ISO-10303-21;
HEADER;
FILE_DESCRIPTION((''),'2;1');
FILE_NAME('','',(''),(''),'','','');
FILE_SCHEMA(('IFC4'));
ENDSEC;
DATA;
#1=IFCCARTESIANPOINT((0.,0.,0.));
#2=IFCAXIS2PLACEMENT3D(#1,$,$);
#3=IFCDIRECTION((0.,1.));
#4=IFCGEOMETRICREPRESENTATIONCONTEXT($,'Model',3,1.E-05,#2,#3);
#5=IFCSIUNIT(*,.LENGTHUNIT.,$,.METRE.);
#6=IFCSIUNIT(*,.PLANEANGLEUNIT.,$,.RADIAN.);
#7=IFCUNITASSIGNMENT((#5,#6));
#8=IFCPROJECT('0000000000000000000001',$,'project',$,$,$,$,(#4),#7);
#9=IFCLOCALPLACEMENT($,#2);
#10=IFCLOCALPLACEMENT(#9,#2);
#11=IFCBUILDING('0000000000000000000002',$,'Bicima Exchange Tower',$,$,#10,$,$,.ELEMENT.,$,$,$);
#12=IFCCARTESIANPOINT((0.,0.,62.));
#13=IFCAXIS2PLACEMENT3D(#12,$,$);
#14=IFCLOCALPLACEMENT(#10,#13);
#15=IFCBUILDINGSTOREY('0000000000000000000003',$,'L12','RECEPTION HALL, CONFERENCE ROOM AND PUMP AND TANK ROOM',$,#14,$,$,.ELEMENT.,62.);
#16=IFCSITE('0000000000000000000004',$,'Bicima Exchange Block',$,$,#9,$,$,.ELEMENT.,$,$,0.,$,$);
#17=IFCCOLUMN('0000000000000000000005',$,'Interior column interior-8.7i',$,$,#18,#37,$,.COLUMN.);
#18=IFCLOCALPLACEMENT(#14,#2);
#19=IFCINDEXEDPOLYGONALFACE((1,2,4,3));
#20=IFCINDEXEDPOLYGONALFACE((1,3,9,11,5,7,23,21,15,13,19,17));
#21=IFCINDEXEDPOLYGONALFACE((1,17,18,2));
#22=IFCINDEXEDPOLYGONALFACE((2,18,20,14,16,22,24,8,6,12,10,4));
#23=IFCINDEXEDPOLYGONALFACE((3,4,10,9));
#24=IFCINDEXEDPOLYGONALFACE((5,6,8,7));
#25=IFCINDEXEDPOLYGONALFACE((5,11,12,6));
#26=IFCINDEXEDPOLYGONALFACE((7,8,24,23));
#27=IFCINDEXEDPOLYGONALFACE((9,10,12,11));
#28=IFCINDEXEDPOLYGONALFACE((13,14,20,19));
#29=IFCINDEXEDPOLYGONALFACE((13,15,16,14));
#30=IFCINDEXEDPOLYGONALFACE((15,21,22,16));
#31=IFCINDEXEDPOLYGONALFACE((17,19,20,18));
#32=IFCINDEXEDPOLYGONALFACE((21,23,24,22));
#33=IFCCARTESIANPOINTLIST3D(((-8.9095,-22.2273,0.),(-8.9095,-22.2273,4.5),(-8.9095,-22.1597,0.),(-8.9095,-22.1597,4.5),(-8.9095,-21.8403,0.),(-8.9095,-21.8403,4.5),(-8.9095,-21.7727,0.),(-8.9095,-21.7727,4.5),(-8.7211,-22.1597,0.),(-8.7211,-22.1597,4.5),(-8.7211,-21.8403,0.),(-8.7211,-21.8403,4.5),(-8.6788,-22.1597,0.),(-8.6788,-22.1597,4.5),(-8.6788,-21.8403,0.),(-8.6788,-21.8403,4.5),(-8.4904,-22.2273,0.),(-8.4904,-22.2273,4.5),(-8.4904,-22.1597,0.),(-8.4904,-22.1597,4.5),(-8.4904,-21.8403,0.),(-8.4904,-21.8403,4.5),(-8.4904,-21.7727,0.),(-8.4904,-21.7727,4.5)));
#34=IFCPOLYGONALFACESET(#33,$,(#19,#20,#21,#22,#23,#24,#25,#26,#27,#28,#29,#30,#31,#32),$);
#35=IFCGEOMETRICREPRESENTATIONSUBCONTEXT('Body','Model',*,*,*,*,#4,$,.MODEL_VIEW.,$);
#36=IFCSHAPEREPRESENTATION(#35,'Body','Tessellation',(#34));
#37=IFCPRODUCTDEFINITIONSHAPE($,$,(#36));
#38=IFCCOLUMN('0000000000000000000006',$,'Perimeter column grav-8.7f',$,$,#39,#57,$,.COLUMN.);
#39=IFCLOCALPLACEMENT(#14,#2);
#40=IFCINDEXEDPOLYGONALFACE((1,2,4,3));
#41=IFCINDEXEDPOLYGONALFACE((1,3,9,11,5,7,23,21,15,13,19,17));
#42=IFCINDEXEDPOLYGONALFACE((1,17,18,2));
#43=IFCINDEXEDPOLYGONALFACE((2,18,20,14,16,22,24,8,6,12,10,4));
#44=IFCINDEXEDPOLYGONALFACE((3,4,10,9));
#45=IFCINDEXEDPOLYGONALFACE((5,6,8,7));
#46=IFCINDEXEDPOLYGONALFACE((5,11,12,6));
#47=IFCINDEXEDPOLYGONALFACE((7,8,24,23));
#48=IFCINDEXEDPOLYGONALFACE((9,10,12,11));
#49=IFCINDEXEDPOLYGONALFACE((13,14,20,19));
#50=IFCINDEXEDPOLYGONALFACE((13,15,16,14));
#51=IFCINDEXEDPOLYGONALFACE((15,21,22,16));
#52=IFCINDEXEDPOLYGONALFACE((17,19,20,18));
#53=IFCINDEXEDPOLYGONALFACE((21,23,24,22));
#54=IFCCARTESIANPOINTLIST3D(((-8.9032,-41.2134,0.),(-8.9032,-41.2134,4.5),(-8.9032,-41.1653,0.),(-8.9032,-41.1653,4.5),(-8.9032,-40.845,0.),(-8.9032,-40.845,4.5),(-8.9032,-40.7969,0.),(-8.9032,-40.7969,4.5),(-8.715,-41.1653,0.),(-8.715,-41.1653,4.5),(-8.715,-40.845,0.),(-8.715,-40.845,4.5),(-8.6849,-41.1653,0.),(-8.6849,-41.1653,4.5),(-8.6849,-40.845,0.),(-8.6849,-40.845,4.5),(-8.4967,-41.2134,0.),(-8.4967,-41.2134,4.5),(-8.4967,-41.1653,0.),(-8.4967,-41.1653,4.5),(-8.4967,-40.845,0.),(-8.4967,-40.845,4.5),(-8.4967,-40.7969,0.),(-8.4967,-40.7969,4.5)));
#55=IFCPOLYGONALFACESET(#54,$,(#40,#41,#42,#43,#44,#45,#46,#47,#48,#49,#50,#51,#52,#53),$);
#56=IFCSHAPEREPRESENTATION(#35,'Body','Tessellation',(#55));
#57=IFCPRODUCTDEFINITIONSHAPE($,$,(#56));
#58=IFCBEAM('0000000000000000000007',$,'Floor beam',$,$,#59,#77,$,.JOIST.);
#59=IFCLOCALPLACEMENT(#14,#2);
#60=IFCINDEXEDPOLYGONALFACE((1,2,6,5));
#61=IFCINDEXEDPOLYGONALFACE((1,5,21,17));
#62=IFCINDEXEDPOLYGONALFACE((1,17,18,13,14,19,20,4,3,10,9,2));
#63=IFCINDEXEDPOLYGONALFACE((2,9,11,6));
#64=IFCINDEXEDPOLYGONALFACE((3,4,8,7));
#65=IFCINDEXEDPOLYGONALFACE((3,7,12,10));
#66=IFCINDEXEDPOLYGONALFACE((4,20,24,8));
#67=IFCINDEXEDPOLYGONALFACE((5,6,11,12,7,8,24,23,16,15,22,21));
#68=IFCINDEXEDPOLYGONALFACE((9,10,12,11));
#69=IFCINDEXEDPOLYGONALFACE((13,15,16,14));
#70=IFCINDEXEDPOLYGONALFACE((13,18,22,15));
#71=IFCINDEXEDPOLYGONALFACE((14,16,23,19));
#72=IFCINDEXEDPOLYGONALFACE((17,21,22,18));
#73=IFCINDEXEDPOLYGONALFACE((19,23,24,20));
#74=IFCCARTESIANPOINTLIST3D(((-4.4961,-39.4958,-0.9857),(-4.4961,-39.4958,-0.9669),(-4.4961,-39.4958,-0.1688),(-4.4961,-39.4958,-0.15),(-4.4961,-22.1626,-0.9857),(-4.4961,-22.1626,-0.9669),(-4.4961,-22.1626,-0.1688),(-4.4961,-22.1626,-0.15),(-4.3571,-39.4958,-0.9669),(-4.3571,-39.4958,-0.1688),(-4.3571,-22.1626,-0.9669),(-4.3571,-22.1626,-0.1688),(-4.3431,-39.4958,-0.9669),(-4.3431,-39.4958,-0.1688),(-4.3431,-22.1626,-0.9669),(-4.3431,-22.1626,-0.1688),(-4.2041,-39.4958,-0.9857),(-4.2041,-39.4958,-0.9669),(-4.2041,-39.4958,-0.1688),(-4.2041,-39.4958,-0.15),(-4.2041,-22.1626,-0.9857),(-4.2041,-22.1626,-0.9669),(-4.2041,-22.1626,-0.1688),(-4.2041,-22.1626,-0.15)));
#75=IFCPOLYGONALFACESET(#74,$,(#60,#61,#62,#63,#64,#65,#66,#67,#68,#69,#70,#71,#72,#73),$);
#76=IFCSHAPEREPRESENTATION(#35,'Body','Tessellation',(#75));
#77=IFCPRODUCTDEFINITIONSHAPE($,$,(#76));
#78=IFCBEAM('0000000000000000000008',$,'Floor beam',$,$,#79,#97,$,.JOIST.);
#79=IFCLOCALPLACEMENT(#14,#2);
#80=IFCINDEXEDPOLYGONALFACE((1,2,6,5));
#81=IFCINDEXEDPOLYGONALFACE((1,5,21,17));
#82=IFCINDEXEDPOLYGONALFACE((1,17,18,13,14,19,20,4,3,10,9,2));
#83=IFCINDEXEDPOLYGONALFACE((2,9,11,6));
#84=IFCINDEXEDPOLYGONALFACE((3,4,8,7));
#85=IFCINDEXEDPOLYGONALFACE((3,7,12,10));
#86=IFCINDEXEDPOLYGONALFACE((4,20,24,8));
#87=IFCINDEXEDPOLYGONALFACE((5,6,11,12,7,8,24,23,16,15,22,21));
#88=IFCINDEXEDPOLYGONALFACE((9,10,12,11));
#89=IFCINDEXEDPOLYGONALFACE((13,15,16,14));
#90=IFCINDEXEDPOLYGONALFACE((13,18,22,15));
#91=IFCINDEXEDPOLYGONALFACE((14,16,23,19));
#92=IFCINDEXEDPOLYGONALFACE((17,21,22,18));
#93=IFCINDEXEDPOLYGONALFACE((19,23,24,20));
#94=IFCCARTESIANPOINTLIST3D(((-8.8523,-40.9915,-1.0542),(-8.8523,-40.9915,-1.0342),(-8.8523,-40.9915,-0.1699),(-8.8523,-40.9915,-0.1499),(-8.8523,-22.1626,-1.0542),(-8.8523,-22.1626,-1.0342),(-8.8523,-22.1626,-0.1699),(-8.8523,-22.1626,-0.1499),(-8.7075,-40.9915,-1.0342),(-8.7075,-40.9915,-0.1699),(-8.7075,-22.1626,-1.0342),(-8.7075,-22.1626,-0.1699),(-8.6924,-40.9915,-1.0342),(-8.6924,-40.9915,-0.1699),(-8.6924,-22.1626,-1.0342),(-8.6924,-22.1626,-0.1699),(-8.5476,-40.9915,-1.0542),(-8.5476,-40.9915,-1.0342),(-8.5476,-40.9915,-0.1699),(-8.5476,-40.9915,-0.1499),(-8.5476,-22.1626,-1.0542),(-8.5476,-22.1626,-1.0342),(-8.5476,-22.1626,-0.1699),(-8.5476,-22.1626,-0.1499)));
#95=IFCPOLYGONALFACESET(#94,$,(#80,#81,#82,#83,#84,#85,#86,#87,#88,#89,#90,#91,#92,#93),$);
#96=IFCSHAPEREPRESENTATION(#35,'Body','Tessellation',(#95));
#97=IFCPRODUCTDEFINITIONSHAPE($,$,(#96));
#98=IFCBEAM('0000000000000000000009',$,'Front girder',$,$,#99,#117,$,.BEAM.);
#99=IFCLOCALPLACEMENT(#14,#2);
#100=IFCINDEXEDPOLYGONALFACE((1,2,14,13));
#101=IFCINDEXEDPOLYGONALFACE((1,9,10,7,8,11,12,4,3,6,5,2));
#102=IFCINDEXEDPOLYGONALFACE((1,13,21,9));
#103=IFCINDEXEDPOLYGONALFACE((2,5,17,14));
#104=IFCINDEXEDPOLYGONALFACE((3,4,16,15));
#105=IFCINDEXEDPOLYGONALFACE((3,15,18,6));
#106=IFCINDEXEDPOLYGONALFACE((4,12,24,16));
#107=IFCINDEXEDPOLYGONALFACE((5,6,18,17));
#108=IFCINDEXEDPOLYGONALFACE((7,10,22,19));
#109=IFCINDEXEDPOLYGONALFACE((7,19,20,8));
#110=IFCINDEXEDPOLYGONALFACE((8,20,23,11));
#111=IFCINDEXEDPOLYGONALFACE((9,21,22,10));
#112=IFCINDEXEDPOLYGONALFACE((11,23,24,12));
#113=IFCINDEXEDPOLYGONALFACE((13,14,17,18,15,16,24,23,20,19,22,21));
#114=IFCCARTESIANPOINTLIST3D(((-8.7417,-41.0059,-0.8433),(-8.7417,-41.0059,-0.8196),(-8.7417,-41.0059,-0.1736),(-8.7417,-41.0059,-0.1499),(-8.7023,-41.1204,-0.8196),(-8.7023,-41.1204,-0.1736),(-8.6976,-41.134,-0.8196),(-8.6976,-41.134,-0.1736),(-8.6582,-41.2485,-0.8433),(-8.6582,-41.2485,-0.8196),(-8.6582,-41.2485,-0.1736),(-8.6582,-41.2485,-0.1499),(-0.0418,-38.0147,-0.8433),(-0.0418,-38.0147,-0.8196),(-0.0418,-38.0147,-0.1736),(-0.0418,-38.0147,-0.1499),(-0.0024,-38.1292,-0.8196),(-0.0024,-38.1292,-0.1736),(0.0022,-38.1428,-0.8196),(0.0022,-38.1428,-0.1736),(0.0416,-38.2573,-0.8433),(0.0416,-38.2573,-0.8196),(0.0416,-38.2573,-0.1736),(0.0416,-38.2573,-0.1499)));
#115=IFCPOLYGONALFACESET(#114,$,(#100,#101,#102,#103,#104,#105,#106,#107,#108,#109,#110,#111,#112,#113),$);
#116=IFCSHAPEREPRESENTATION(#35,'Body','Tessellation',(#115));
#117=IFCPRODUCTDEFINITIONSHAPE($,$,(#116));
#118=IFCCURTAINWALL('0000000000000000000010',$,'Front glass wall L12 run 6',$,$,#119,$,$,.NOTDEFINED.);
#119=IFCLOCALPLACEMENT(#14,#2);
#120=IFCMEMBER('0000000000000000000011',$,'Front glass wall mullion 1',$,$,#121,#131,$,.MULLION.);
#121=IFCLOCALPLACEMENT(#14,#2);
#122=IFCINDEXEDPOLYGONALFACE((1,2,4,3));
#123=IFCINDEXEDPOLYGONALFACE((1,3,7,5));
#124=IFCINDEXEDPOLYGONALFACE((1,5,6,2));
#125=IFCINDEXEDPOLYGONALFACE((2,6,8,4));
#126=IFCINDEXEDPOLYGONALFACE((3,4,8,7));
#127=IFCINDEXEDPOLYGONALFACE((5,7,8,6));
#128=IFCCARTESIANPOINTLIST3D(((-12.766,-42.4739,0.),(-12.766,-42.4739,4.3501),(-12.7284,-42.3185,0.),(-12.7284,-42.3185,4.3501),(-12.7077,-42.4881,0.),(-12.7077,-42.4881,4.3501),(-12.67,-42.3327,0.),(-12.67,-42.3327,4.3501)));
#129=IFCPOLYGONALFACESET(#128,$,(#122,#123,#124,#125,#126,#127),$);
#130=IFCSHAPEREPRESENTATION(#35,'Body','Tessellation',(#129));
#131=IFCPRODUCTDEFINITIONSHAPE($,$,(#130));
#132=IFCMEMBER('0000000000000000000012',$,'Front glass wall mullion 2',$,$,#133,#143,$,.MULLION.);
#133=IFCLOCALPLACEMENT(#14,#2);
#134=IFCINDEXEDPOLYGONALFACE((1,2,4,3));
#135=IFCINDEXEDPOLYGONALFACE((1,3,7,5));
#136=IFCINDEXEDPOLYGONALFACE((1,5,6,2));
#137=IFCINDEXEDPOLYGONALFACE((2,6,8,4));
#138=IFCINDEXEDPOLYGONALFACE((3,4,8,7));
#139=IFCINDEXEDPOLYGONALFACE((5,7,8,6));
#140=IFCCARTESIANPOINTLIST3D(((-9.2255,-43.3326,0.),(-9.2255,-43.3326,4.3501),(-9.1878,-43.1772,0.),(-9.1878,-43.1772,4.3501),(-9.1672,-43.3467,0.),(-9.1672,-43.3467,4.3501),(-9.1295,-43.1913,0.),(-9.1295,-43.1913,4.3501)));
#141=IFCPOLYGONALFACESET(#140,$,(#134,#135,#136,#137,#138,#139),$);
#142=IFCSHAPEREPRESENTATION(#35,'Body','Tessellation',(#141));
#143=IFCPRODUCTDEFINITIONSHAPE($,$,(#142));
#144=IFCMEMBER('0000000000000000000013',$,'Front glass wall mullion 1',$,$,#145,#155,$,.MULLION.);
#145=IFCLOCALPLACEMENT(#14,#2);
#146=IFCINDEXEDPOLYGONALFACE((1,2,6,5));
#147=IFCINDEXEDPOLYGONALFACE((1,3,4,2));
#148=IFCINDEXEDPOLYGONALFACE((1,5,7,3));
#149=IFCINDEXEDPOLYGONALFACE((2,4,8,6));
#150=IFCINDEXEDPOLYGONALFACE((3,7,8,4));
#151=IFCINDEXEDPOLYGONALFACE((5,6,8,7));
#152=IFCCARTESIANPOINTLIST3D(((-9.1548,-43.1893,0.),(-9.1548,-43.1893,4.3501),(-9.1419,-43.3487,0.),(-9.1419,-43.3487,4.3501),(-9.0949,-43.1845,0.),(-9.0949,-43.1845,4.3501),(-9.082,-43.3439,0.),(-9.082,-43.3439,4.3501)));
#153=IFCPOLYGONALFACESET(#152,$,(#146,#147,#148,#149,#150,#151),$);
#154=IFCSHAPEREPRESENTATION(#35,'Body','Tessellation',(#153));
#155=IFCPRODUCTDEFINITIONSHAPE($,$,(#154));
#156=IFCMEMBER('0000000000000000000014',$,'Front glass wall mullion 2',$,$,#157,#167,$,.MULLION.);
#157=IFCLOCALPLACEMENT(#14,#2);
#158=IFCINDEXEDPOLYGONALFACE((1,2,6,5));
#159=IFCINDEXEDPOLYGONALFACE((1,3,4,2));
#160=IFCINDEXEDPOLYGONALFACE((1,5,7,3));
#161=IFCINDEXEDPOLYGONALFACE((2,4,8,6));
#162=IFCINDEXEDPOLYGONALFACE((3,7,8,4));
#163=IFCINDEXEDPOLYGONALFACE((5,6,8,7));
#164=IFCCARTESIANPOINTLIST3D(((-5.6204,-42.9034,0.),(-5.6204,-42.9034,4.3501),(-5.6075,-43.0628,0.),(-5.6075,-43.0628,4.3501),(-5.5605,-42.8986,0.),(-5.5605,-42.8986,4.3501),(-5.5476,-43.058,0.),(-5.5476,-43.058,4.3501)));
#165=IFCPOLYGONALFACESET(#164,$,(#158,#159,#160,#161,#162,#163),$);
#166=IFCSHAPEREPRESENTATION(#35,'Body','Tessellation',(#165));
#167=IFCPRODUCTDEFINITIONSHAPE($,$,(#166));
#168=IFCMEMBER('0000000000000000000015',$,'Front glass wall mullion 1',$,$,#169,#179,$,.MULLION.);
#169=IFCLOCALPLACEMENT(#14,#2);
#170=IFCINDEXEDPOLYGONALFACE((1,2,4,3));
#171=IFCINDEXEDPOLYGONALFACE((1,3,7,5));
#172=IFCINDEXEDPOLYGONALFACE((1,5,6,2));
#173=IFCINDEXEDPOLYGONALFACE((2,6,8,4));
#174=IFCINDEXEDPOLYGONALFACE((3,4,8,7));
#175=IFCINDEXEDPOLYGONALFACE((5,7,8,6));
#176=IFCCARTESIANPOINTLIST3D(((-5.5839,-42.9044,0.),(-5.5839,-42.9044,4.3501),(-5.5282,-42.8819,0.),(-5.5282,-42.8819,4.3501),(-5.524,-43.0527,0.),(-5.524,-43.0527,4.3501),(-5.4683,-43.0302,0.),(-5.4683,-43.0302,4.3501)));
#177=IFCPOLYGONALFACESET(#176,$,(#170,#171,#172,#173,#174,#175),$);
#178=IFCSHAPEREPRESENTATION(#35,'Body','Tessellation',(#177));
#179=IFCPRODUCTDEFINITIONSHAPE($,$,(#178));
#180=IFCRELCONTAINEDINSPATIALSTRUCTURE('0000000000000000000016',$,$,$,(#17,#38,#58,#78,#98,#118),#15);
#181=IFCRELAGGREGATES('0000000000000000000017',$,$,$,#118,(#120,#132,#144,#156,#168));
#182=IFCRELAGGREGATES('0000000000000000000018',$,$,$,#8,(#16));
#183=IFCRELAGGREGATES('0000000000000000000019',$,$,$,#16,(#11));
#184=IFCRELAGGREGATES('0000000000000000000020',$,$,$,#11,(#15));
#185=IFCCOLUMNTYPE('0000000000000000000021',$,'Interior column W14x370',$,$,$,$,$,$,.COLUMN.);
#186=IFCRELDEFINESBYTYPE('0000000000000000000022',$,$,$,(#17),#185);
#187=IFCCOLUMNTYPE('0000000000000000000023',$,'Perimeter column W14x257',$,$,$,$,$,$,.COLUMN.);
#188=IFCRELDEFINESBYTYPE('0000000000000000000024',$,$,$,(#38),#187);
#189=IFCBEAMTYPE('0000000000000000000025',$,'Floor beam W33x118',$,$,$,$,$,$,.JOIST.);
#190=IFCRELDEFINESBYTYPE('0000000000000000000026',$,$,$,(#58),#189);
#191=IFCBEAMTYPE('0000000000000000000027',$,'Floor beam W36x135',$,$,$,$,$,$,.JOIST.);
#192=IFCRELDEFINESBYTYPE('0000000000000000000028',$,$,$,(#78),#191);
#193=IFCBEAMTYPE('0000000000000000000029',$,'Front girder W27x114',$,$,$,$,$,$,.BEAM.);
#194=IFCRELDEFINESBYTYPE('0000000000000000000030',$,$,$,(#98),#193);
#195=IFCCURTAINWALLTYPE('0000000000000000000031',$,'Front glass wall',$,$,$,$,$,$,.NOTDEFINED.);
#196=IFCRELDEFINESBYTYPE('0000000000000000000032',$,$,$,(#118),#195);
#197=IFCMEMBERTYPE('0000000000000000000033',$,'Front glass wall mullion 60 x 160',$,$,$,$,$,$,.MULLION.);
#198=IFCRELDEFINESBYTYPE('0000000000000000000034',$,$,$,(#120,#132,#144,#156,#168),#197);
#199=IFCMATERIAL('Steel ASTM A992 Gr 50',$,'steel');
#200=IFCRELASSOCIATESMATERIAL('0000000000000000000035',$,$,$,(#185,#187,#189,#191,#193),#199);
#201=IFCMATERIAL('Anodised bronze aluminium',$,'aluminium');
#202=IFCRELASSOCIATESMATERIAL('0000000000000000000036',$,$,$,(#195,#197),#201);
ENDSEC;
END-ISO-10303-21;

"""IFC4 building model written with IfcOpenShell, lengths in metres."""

from ifc_helpers import new_model, si_unit, direction, frame, origin, origin_2d, place, context, subcontext, project, spatial, rectangle, i_section, extrude, material, material_profile, profile_set, type_object, element, aggregate, save


model = new_model("IFC4")

# Units and contexts
model_context = context("Model", 3, precision=1e-05, world=origin(), true_north=direction((0.0, 1.0)))
body_context = subcontext(model_context, "Body", "Model", "MODEL_VIEW")
ifc_project = project(units=[si_unit("LENGTHUNIT", "METRE"), si_unit("PLANEANGLEUNIT", "RADIAN")], contexts=[model_context])

# Site, building, storey
site_placement = place(None, origin())
site = spatial("IfcSite", under=ifc_project, at=site_placement, Name="Bicima Exchange Block", CompositionType="ELEMENT", RefElevation=0.0)
building_placement = place(site_placement, origin())
building = spatial("IfcBuilding", under=site, at=building_placement, Name="Bicima Exchange Tower", CompositionType="ELEMENT")
storey_placement = place(building_placement, frame((0.0, 0.0, 62.0)))
storey = spatial("IfcBuildingStorey", under=building, at=storey_placement, Name="L12", Description="RECEPTION HALL, CONFERENCE ROOM AND PUMP AND TANK ROOM", CompositionType="ELEMENT", Elevation=62.0)

# Columns
ifc_material_1 = material(Name="Steel ASTM A992 Gr 50", Category="steel")
ifc_material_profile_1 = material_profile(ifc_material_1, i_section(OverallWidth=0.4192, OverallDepth=0.4546, WebThickness=0.0422, FlangeThickness=0.0676, at=origin_2d()))
ifc_profile_set_1 = profile_set([ifc_material_profile_1], Name="Steel ASTM A992 Gr 50")
column_type_1 = type_object("IfcColumnType", Name="Interior column W14x370", PredefinedType="COLUMN", material=ifc_profile_set_1)
column_1_placement = place(storey_placement, frame((-8.7, -22.0, 0.0), z_axis=(0.0, 0.0, 1.0), x_axis=(1.0, 0.0, 0.0)))
element("IfcColumn", 1, at=column_1_placement, inside=storey, type_object=column_type_1, Name="Interior column interior-8.7i", PredefinedType="COLUMN", context=body_context, shape_type="SweptSolid", body=[
    extrude(i_section(OverallWidth=0.4192, OverallDepth=0.4546, WebThickness=0.0422, FlangeThickness=0.0676, at=origin_2d()), origin(), (0.0, 0.0, 1.0), 4.5),
])
ifc_material_profile_2 = material_profile(ifc_material_1, i_section(OverallWidth=0.4065, OverallDepth=0.4165, WebThickness=0.03, FlangeThickness=0.0481, at=origin_2d()))
ifc_profile_set_2 = profile_set([ifc_material_profile_2], Name="Steel ASTM A992 Gr 50")
column_type_2 = type_object("IfcColumnType", Name="Perimeter column W14x257", PredefinedType="COLUMN", material=ifc_profile_set_2)
column_2_placement = place(storey_placement, frame((-8.7, -41.0051, 0.0), z_axis=(0.0, 0.0, 1.0), x_axis=(1.0, 0.0, 0.0)))
element("IfcColumn", 2, at=column_2_placement, inside=storey, type_object=column_type_2, Name="Perimeter column grav-8.7f", PredefinedType="COLUMN", context=body_context, shape_type="SweptSolid", body=[
    extrude(i_section(OverallWidth=0.4065, OverallDepth=0.4165, WebThickness=0.03, FlangeThickness=0.0481, at=origin_2d()), origin(), (0.0, 0.0, 1.0), 4.5),
])

# Beams
ifc_material_profile_3 = material_profile(ifc_material_1, i_section(OverallWidth=0.292, OverallDepth=0.8357, WebThickness=0.0139, FlangeThickness=0.0188, at=origin_2d()))
ifc_profile_set_3 = profile_set([ifc_material_profile_3], Name="Steel ASTM A992 Gr 50")
beam_type_1 = type_object("IfcBeamType", Name="Floor beam W33x118", PredefinedType="JOIST", material=ifc_profile_set_3)
beam_1_placement = place(storey_placement, frame((-4.3501, -22.1626, -0.5679), z_axis=(0.0, -1.0, 0.0), x_axis=(1.0, 0.0, 0.0)))
element("IfcBeam", 3, at=beam_1_placement, inside=storey, type_object=beam_type_1, Name="Floor beam", PredefinedType="JOIST", context=body_context, shape_type="SweptSolid", body=[
    extrude(i_section(OverallWidth=0.292, OverallDepth=0.8357, WebThickness=0.0139, FlangeThickness=0.0188, at=origin_2d()), origin(), (0.0, 0.0, 1.0), 17.3333),
])
ifc_material_profile_4 = material_profile(ifc_material_1, i_section(OverallWidth=0.3047, OverallDepth=0.9043, WebThickness=0.0151, FlangeThickness=0.02, at=origin_2d()))
ifc_profile_set_4 = profile_set([ifc_material_profile_4], Name="Steel ASTM A992 Gr 50")
beam_type_2 = type_object("IfcBeamType", Name="Floor beam W36x135", PredefinedType="JOIST", material=ifc_profile_set_4)
beam_2_placement = place(storey_placement, frame((-8.7, -22.1626, -0.6021), z_axis=(0.0, -1.0, 0.0), x_axis=(1.0, 0.0, 0.0)))
element("IfcBeam", 4, at=beam_2_placement, inside=storey, type_object=beam_type_2, Name="Floor beam", PredefinedType="JOIST", context=body_context, shape_type="SweptSolid", body=[
    extrude(i_section(OverallWidth=0.3047, OverallDepth=0.9043, WebThickness=0.0151, FlangeThickness=0.02, at=origin_2d()), origin(), (0.0, 0.0, 1.0), 18.8289),
])
ifc_material_profile_5 = material_profile(ifc_material_1, i_section(OverallWidth=0.2566, OverallDepth=0.6934, WebThickness=0.0144, FlangeThickness=0.0237, at=origin_2d()))
ifc_profile_set_5 = profile_set([ifc_material_profile_5], Name="Steel ASTM A992 Gr 50")
beam_type_3 = type_object("IfcBeamType", Name="Front girder W27x114", PredefinedType="BEAM", material=ifc_profile_set_5)
beam_3_placement = place(storey_placement, frame((-8.7, -41.1272, -0.4966), z_axis=(0.945666, 0.325138, 0.0), x_axis=(-0.325138, 0.945666, 0.0)))
element("IfcBeam", 5, at=beam_3_placement, inside=storey, type_object=beam_type_3, Name="Front girder", PredefinedType="BEAM", context=body_context, shape_type="SweptSolid", body=[
    extrude(i_section(OverallWidth=0.2566, OverallDepth=0.6934, WebThickness=0.0144, FlangeThickness=0.0237, at=origin_2d()), origin(), (0.0, 0.0, 1.0), 9.1997),
])

# Curtain wall, members
ifc_material_2 = material(Name="Anodised bronze aluminium", Category="aluminium")
curtain_wall_type = type_object("IfcCurtainWallType", Name="Front glass wall", PredefinedType="NOTDEFINED", material=ifc_material_2)
curtain_wall_placement = place(storey_placement, origin())
curtain_wall = element("IfcCurtainWall", 6, at=curtain_wall_placement, inside=storey, type_object=curtain_wall_type, Name="Front glass wall L12 run 6", PredefinedType="NOTDEFINED")
ifc_material_profile_6 = material_profile(ifc_material_2, rectangle(XDim=0.1599, YDim=0.0601, at=origin_2d()))
ifc_profile_set_6 = profile_set([ifc_material_profile_6], Name="Anodised bronze aluminium")
member_type_1 = type_object("IfcMemberType", Name="Front glass wall mullion 60 x 160", PredefinedType="MULLION", material=ifc_profile_set_6)
member_1_placement = place(storey_placement, frame((-12.718, -42.4033, 0.0), z_axis=(0.0, 0.0, 1.0), x_axis=(0.235682, 0.97183, 0.0)))
member_1 = element("IfcMember", 7, at=member_1_placement, type_object=member_type_1, Name="Front glass wall mullion 1", PredefinedType="MULLION", context=body_context, shape_type="SweptSolid", body=[
    extrude(rectangle(XDim=0.1599, YDim=0.0601, at=origin_2d()), origin(), (0.0, 0.0, 1.0), 4.3501),
])
member_2_placement = place(storey_placement, frame((-9.1775, -43.262, 0.0), z_axis=(0.0, 0.0, 1.0), x_axis=(0.235682, 0.97183, 0.0)))
member_2 = element("IfcMember", 8, at=member_2_placement, type_object=member_type_1, Name="Front glass wall mullion 2", PredefinedType="MULLION", context=body_context, shape_type="SweptSolid", body=[
    extrude(rectangle(XDim=0.1599, YDim=0.0601, at=origin_2d()), origin(), (0.0, 0.0, 1.0), 4.3501),
])
member_3_placement = place(storey_placement, frame((-9.1184, -43.2666, 0.0), z_axis=(0.0, 0.0, 1.0), x_axis=(-0.080589, 0.996747, 0.0)))
member_3 = element("IfcMember", 9, at=member_3_placement, type_object=member_type_1, Name="Front glass wall mullion 1", PredefinedType="MULLION", context=body_context, shape_type="SweptSolid", body=[
    extrude(rectangle(XDim=0.1599, YDim=0.0601, at=origin_2d()), origin(), (0.0, 0.0, 1.0), 4.3501),
])
member_4_placement = place(storey_placement, frame((-5.584, -42.9807, 0.0), z_axis=(0.0, 0.0, 1.0), x_axis=(-0.080589, 0.996747, 0.0)))
member_4 = element("IfcMember", 10, at=member_4_placement, type_object=member_type_1, Name="Front glass wall mullion 2", PredefinedType="MULLION", context=body_context, shape_type="SweptSolid", body=[
    extrude(rectangle(XDim=0.1599, YDim=0.0601, at=origin_2d()), origin(), (0.0, 0.0, 1.0), 4.3501),
])
member_5_placement = place(storey_placement, frame((-5.5261, -42.9673, 0.0), z_axis=(0.0, 0.0, 1.0), x_axis=(-0.374705, 0.927144, 0.0)))
member_5 = element("IfcMember", 11, at=member_5_placement, type_object=member_type_1, Name="Front glass wall mullion 1", PredefinedType="MULLION", context=body_context, shape_type="SweptSolid", body=[
    extrude(rectangle(XDim=0.1599, YDim=0.0601, at=origin_2d()), origin(), (0.0, 0.0, 1.0), 4.3501),
])

aggregate(curtain_wall, [member_1, member_2, member_3, member_4, member_5])

save(model, "model.ifc")
